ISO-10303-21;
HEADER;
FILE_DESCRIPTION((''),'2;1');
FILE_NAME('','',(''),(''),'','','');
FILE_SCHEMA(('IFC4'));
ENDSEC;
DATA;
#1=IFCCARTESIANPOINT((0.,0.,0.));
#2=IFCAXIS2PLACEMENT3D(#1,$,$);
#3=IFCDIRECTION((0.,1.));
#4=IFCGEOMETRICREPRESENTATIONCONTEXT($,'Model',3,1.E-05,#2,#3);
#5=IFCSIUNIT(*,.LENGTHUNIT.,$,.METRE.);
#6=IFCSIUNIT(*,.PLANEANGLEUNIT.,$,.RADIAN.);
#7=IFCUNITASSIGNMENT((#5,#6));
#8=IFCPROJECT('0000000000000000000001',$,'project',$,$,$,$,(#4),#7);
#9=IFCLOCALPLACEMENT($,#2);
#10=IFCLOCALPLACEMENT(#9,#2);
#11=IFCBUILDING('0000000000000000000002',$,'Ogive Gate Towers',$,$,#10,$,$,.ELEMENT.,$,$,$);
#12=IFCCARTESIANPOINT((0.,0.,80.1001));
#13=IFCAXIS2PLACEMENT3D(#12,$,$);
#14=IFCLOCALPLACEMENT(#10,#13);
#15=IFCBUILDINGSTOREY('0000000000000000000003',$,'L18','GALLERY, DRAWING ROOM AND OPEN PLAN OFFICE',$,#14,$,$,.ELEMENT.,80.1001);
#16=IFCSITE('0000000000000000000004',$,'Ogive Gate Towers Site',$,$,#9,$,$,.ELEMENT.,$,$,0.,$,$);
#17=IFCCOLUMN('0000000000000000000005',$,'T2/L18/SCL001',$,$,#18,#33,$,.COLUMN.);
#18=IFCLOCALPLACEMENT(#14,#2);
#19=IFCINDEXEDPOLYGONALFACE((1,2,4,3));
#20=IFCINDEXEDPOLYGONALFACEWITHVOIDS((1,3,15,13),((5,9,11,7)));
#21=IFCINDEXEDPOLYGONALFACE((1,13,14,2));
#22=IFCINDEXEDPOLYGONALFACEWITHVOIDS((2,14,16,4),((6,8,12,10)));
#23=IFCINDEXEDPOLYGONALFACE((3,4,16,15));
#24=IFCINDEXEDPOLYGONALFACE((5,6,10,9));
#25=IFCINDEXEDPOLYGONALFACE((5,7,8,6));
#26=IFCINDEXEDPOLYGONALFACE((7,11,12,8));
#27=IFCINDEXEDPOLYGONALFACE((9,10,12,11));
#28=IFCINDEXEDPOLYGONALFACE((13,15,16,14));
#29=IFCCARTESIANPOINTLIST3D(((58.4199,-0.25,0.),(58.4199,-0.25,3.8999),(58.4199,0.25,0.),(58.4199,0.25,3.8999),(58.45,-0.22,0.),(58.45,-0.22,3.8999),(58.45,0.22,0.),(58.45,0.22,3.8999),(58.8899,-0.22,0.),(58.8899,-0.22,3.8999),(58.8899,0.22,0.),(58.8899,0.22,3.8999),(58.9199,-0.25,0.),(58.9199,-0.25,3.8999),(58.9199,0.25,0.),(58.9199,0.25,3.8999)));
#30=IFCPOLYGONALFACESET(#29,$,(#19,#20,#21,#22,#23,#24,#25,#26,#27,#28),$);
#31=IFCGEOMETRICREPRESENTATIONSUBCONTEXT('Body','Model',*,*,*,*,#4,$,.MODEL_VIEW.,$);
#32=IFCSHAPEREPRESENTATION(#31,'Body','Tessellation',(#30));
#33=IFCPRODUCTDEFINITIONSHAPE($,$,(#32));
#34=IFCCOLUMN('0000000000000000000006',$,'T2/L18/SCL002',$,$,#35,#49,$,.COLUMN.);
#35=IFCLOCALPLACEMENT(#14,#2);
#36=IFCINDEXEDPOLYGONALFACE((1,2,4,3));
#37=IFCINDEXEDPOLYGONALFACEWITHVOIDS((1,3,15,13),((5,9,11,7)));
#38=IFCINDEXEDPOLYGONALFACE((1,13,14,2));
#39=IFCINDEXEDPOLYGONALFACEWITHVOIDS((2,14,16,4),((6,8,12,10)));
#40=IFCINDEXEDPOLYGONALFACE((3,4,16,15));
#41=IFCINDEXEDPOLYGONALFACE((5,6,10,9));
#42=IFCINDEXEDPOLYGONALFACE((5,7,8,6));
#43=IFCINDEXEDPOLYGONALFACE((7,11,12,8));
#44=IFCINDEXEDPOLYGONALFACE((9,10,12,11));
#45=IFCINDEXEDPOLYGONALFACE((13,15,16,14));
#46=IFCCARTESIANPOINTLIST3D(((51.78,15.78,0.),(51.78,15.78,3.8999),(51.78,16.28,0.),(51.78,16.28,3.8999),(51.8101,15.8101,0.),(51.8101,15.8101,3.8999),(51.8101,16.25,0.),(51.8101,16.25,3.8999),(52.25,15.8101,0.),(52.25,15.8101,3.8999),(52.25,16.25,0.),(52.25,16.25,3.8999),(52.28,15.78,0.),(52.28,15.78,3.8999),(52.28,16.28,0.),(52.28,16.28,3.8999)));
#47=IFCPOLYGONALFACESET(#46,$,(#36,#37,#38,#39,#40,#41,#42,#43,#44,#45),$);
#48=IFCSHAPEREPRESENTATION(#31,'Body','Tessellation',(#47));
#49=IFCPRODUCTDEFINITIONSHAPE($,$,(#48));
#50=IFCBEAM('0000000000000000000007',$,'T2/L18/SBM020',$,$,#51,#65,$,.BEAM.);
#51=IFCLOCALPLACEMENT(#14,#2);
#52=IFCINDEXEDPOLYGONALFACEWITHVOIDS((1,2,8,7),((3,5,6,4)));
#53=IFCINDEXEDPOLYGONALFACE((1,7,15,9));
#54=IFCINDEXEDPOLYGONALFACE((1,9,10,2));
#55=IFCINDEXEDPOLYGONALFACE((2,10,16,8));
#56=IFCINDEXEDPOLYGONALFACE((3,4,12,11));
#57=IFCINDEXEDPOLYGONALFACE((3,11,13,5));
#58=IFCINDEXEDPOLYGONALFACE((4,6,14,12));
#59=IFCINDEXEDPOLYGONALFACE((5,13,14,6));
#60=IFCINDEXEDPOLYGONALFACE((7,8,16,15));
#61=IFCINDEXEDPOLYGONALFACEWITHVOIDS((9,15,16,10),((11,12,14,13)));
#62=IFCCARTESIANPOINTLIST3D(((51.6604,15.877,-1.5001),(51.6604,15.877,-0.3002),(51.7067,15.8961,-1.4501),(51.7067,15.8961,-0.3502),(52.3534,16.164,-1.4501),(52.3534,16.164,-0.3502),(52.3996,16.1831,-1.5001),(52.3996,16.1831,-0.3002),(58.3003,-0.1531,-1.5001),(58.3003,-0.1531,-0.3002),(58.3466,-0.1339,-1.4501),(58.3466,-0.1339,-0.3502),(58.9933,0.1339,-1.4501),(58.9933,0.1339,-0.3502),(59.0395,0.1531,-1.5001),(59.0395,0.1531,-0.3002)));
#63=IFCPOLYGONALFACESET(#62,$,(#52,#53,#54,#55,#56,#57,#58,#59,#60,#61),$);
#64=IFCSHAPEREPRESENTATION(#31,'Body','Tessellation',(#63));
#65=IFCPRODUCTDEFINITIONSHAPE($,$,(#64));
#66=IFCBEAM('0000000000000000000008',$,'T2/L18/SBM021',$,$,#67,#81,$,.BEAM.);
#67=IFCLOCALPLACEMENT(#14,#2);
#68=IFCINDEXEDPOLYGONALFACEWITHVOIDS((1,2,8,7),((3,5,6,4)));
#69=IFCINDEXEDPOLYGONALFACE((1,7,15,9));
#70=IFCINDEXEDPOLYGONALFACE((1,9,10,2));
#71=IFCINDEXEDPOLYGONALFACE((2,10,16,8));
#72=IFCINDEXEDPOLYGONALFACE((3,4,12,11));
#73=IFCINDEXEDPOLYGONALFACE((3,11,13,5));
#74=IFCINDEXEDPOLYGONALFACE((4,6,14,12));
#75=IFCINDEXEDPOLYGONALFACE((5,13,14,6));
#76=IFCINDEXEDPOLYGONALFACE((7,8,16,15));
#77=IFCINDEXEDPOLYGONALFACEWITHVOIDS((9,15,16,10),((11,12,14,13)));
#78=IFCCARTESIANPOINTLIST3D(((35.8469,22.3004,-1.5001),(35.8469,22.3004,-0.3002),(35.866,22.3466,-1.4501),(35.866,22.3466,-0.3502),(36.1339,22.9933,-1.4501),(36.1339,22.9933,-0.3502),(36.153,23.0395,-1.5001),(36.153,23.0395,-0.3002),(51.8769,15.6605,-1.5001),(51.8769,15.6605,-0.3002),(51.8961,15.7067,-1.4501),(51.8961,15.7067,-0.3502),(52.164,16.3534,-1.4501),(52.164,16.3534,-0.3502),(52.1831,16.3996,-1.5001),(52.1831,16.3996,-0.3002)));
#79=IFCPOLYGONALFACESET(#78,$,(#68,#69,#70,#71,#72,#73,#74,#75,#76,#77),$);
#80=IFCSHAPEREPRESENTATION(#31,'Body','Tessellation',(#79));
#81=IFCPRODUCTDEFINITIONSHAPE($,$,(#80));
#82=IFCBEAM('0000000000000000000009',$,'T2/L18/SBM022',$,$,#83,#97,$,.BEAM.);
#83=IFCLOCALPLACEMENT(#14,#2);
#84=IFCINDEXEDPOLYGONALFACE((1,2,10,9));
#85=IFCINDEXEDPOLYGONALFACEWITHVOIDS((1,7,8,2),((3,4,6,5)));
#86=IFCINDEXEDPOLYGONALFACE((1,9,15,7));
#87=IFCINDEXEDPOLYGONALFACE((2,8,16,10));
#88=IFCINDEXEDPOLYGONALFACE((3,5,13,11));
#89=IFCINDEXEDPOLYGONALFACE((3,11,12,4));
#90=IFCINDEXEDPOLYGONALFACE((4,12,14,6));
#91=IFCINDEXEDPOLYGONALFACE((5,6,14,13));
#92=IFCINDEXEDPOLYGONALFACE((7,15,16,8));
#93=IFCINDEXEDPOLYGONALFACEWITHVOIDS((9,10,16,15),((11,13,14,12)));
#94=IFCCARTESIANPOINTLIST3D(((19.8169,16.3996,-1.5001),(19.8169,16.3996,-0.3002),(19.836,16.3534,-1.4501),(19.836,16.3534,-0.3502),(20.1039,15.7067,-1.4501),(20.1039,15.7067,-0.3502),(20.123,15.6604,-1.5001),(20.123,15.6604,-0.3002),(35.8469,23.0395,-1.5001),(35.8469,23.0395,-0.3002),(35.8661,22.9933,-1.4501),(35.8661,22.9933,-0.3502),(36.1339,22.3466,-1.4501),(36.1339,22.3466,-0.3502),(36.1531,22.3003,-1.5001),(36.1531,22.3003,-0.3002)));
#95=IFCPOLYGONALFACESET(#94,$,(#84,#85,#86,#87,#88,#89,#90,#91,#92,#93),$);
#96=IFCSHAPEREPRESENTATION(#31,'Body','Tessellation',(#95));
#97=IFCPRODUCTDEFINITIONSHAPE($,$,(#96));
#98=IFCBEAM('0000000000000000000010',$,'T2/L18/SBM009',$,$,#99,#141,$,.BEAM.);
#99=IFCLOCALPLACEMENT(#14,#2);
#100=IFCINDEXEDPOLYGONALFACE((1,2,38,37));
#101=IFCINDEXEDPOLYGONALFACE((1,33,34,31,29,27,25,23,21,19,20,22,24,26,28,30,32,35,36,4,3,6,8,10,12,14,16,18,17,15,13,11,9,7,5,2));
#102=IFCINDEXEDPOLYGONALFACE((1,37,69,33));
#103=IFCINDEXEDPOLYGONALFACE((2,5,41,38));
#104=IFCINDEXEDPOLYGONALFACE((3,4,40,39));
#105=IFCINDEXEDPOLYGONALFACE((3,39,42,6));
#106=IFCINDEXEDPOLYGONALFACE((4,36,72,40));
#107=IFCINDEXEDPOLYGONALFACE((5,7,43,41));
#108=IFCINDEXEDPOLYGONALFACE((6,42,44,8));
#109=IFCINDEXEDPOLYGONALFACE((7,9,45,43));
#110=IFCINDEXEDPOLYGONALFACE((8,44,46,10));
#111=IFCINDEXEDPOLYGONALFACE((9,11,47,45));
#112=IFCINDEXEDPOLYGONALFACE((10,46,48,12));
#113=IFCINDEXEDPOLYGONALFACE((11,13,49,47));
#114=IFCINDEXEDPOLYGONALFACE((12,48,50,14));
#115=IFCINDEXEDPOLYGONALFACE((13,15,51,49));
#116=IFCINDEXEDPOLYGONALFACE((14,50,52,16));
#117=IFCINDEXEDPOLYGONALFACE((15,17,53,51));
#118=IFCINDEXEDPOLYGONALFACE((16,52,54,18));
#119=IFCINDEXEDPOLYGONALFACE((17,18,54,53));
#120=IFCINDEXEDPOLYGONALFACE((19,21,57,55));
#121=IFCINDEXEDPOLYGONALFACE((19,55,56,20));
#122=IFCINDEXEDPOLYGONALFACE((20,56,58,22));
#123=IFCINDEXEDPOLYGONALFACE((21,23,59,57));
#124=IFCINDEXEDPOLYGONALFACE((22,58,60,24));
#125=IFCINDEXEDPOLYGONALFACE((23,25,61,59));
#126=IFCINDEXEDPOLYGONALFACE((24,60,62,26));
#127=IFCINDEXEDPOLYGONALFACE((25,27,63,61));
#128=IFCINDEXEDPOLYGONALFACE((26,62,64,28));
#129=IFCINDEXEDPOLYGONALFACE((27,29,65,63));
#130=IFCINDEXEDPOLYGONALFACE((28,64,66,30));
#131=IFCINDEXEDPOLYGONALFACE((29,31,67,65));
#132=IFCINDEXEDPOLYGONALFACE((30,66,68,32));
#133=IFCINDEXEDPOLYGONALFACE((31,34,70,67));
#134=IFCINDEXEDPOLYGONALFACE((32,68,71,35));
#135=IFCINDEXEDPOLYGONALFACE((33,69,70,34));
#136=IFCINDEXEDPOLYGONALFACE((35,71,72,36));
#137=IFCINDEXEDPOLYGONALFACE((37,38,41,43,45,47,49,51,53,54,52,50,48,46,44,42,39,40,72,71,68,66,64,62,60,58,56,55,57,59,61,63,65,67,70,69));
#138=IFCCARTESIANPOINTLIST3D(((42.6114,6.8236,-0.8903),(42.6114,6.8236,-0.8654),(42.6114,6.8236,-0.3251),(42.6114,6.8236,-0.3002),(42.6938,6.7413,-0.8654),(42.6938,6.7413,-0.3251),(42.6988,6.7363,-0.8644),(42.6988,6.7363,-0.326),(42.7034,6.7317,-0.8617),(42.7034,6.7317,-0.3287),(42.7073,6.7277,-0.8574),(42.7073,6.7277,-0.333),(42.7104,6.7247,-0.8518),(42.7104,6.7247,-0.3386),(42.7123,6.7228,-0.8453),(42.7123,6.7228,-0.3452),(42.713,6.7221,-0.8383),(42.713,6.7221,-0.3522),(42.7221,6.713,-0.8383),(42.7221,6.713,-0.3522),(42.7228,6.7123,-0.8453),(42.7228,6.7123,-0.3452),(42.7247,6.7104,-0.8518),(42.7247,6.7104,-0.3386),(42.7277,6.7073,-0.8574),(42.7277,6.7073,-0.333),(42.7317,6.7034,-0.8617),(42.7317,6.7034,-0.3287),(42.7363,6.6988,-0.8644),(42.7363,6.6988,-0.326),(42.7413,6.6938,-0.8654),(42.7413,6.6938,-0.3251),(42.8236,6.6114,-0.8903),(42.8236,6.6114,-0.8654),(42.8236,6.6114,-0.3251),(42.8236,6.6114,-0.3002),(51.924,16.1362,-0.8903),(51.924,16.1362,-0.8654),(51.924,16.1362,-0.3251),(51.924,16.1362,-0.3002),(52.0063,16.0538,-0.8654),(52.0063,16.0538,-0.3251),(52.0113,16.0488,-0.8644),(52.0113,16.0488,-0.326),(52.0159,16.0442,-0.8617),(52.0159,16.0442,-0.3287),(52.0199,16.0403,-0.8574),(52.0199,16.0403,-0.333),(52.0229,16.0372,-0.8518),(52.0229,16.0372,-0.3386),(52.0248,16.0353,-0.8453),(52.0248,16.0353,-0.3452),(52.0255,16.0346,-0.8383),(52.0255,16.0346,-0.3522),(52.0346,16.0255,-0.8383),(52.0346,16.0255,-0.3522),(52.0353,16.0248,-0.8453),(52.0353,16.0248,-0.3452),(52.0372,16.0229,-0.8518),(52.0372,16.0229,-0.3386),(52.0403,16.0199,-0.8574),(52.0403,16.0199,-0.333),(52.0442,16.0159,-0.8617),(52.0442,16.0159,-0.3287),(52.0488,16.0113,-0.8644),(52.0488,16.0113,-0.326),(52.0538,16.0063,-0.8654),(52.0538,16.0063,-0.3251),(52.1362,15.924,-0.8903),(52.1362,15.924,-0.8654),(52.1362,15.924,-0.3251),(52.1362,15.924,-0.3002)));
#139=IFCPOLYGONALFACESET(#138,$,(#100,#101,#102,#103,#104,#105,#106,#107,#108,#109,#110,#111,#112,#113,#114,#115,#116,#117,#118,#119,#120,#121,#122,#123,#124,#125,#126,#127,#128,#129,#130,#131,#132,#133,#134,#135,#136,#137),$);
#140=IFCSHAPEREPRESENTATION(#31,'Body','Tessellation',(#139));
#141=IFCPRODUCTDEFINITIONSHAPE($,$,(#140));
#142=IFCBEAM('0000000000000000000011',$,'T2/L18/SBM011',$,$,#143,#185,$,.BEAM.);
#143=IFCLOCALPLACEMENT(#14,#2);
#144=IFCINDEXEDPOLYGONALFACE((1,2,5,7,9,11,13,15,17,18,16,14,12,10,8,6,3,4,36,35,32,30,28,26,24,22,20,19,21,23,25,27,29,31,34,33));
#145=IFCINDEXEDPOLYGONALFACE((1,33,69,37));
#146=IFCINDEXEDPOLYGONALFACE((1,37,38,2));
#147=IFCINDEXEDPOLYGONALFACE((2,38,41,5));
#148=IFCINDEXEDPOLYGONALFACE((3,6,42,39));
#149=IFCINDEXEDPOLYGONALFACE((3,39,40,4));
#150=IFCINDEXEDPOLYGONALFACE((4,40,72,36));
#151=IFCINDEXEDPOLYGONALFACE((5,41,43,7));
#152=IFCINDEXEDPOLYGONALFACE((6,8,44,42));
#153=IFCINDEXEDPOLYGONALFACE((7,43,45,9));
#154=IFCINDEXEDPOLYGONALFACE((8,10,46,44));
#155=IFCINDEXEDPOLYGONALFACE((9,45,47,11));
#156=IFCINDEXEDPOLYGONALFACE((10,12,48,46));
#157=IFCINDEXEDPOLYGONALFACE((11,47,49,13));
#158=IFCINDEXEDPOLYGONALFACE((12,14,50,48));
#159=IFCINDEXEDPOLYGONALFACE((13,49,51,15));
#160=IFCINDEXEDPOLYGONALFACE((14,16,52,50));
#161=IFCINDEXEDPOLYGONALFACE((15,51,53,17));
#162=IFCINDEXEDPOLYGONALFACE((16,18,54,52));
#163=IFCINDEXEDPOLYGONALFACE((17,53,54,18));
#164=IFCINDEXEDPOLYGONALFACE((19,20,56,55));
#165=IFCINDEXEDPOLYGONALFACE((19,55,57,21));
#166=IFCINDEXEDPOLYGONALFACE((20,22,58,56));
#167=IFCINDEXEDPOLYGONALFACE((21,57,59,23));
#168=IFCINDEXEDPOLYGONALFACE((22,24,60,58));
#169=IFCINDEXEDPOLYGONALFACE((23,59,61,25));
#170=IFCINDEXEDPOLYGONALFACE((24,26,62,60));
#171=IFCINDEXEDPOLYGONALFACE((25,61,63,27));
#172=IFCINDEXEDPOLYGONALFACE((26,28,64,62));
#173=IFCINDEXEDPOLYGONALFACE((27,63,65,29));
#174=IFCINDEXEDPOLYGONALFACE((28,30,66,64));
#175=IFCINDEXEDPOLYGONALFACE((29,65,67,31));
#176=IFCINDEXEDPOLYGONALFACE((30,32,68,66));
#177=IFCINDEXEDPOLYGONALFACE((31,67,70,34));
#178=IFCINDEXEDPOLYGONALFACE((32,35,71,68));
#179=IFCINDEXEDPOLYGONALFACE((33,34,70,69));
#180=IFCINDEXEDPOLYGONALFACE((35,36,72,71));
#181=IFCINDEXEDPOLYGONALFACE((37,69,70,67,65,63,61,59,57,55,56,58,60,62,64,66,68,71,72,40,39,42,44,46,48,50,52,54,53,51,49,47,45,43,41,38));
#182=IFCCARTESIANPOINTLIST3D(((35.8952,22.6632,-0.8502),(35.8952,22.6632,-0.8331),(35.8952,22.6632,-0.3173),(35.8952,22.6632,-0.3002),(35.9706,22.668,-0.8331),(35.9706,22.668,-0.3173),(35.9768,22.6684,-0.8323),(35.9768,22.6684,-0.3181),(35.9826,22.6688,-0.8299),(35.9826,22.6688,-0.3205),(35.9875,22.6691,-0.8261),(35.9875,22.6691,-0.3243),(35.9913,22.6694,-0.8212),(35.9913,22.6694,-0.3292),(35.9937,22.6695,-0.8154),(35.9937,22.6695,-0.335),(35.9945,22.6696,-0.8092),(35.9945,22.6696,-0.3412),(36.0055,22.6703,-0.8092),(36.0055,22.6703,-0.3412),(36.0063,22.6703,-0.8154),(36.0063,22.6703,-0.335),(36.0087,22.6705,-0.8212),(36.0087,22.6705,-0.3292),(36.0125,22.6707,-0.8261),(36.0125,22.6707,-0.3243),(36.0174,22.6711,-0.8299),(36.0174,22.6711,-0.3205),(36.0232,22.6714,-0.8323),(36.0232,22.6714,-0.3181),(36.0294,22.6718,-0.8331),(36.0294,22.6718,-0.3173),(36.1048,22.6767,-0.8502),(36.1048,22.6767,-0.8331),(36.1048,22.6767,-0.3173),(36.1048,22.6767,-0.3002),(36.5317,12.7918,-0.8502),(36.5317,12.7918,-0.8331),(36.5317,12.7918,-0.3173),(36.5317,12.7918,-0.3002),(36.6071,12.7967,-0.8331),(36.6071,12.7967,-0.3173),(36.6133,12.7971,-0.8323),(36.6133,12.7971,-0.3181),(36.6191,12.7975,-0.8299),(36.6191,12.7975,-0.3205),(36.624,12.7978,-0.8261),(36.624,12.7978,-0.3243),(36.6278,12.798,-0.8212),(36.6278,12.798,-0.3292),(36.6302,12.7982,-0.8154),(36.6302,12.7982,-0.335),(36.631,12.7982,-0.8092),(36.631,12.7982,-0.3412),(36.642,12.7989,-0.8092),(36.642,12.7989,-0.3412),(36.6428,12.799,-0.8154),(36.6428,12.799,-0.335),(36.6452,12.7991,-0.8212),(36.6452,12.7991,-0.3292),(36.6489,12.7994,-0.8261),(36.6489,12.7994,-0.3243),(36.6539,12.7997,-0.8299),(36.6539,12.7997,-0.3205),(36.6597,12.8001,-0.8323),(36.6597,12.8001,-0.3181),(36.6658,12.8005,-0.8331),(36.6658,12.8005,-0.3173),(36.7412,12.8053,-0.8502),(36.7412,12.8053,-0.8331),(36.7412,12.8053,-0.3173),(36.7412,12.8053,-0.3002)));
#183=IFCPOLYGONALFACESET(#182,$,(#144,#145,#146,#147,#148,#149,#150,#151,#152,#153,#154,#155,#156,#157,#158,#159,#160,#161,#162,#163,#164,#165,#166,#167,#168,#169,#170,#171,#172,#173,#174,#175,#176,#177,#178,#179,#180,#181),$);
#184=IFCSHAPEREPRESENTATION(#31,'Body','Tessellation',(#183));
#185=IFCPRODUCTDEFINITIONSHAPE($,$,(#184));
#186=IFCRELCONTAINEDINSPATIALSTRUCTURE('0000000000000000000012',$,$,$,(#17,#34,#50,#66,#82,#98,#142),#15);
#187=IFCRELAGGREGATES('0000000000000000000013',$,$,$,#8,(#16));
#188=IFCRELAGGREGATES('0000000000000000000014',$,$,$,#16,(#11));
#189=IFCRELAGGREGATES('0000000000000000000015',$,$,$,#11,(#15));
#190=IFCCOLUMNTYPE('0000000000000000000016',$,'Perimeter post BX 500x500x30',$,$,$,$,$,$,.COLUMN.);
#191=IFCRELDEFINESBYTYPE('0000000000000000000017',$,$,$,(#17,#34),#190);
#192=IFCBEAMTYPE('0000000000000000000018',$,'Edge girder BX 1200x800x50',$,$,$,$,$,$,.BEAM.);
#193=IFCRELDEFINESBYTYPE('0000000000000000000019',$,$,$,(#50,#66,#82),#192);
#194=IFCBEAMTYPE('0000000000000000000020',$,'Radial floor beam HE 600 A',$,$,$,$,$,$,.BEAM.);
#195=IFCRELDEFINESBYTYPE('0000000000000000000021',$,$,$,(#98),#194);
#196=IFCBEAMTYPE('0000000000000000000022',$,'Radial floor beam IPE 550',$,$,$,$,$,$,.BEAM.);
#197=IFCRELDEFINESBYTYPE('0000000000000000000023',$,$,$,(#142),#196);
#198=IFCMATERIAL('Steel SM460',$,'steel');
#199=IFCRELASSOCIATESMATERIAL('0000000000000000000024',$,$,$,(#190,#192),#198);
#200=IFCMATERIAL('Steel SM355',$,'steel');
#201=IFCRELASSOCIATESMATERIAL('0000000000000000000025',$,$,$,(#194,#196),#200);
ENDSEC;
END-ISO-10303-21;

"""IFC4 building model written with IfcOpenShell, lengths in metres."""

from ifc_helpers import new_model, si_unit, direction, frame, origin, origin_2d, place, context, subcontext, project, spatial, hollow_rectangle, i_section, extrude, material, material_profile, profile_set, type_object, element, save


model = new_model("IFC4")

# Units and contexts
model_context = context("Model", 3, precision=1e-05, world=origin(), true_north=direction((0.0, 1.0)))
body_context = subcontext(model_context, "Body", "Model", "MODEL_VIEW")
ifc_project = project(units=[si_unit("LENGTHUNIT", "METRE"), si_unit("PLANEANGLEUNIT", "RADIAN")], contexts=[model_context])

# Site, building, storey
site_placement = place(None, origin())
site = spatial("IfcSite", under=ifc_project, at=site_placement, Name="Ogive Gate Towers Site", CompositionType="ELEMENT", RefElevation=0.0)
building_placement = place(site_placement, origin())
building = spatial("IfcBuilding", under=site, at=building_placement, Name="Ogive Gate Towers", CompositionType="ELEMENT")
storey_placement = place(building_placement, frame((0.0, 0.0, 80.1001)))
storey = spatial("IfcBuildingStorey", under=building, at=storey_placement, Name="L18", Description="GALLERY, DRAWING ROOM AND OPEN PLAN OFFICE", CompositionType="ELEMENT", Elevation=80.1001)

# Columns
ifc_material_1 = material(Name="Steel SM460", Category="steel")
ifc_material_profile_1 = material_profile(ifc_material_1, hollow_rectangle(XDim=0.5, YDim=0.5, WallThickness=0.03, at=origin_2d()), Name="BX 500x500x30")
ifc_profile_set_1 = profile_set([ifc_material_profile_1], Name="Steel SM460")
column_type = type_object("IfcColumnType", Name="Perimeter post BX 500x500x30", PredefinedType="COLUMN", material=ifc_profile_set_1)
for number, where, z_axis, x_axis, name in (
    (1, (58.6699, 0.0, 0.0), (0.0, 0.0, 1.0), (1.0, 0.0, 0.0), "T2/L18/SCL001"),
    (2, (52.03, 16.03, 0.0), (0.0, 0.0, 1.0), (1.0, 0.0, 0.0), "T2/L18/SCL002"),
):
    element("IfcColumn", number, at=place(storey_placement, frame(where, z_axis=z_axis, x_axis=x_axis)), inside=storey, type_object=column_type, Name=name, PredefinedType="COLUMN", context=body_context, shape_type="SweptSolid", body=[
        extrude(hollow_rectangle(XDim=0.5, YDim=0.5, WallThickness=0.03, at=origin_2d()), origin(), (0.0, 0.0, 1.0), 3.8999),
    ])

# Beams
ifc_material_profile_2 = material_profile(ifc_material_1, hollow_rectangle(XDim=0.8, YDim=1.2, WallThickness=0.05, at=origin_2d()), Name="BX 1200x800x50")
ifc_profile_set_2 = profile_set([ifc_material_profile_2], Name="Steel SM460")
beam_type_1 = type_object("IfcBeamType", Name="Edge girder BX 1200x800x50", PredefinedType="BEAM", material=ifc_profile_set_2)
for number, where, z_axis, x_axis, name in (
    (3, (58.6699, 0.0, -0.9001), (-0.382685, 0.923879, 0.0), (-0.923879, -0.382685, 0.0), "T2/L18/SBM020"),
    (4, (52.03, 16.03, -0.9001), (-0.923879, 0.382685, 0.0), (-0.382685, -0.923879, 0.0), "T2/L18/SBM021"),
    (5, (36.0, 22.6699, -0.9001), (-0.923879, -0.382685, 0.0), (0.382685, -0.923879, 0.0), "T2/L18/SBM022"),
):
    element("IfcBeam", number, at=place(storey_placement, frame(where, z_axis=z_axis, x_axis=x_axis)), inside=storey, type_object=beam_type_1, Name=name, PredefinedType="BEAM", context=body_context, shape_type="SweptSolid", body=[
        extrude(hollow_rectangle(XDim=0.8, YDim=1.2, WallThickness=0.05, at=origin_2d()), origin(), (0.0, 0.0, 1.0), 17.3508),
    ])
ifc_material_2 = material(Name="Steel SM355", Category="steel")
ifc_material_profile_3 = material_profile(ifc_material_2, i_section(OverallWidth=0.3, OverallDepth=0.5901, WebThickness=0.0129, FlangeThickness=0.0249, FilletRadius=0.0271, at=origin_2d()), Name="HE 600 A")
ifc_profile_set_3 = profile_set([ifc_material_profile_3], Name="Steel SM355")
beam_type_2 = type_object("IfcBeamType", Name="Radial floor beam HE 600 A", PredefinedType="BEAM", material=ifc_profile_set_3)
beam_1_placement = place(storey_placement, frame((42.7175, 6.7175, -0.5952), z_axis=(0.707107, 0.707107, 0.0), x_axis=(-0.707107, 0.707107, 0.0)))
element("IfcBeam", 6, at=beam_1_placement, inside=storey, type_object=beam_type_2, Name="T2/L18/SBM009", PredefinedType="BEAM", context=body_context, shape_type="SweptSolid", body=[
    extrude(i_section(OverallWidth=0.3, OverallDepth=0.5901, WebThickness=0.0129, FlangeThickness=0.0249, FilletRadius=0.0271, at=origin_2d()), origin(), (0.0, 0.0, 1.0), 13.1699),
])
ifc_material_profile_4 = material_profile(ifc_material_2, i_section(OverallWidth=0.21, OverallDepth=0.55, WebThickness=0.011, FlangeThickness=0.0171, FilletRadius=0.0239, at=origin_2d()), Name="IPE 550")
ifc_profile_set_4 = profile_set([ifc_material_profile_4], Name="Steel SM355")
beam_type_3 = type_object("IfcBeamType", Name="Radial floor beam IPE 550", PredefinedType="BEAM", material=ifc_profile_set_4)
beam_2_placement = place(storey_placement, frame((36.6365, 12.7986, -0.5752), z_axis=(-0.064343, 0.997928, 0.0), x_axis=(-0.997928, -0.064343, 0.0)))
element("IfcBeam", 7, at=beam_2_placement, inside=storey, type_object=beam_type_3, Name="T2/L18/SBM011", PredefinedType="BEAM", context=body_context, shape_type="SweptSolid", body=[
    extrude(i_section(OverallWidth=0.21, OverallDepth=0.55, WebThickness=0.011, FlangeThickness=0.0171, FilletRadius=0.0239, at=origin_2d()), origin(), (0.0, 0.0, 1.0), 9.8918),
])

save(model, "model.ifc")
